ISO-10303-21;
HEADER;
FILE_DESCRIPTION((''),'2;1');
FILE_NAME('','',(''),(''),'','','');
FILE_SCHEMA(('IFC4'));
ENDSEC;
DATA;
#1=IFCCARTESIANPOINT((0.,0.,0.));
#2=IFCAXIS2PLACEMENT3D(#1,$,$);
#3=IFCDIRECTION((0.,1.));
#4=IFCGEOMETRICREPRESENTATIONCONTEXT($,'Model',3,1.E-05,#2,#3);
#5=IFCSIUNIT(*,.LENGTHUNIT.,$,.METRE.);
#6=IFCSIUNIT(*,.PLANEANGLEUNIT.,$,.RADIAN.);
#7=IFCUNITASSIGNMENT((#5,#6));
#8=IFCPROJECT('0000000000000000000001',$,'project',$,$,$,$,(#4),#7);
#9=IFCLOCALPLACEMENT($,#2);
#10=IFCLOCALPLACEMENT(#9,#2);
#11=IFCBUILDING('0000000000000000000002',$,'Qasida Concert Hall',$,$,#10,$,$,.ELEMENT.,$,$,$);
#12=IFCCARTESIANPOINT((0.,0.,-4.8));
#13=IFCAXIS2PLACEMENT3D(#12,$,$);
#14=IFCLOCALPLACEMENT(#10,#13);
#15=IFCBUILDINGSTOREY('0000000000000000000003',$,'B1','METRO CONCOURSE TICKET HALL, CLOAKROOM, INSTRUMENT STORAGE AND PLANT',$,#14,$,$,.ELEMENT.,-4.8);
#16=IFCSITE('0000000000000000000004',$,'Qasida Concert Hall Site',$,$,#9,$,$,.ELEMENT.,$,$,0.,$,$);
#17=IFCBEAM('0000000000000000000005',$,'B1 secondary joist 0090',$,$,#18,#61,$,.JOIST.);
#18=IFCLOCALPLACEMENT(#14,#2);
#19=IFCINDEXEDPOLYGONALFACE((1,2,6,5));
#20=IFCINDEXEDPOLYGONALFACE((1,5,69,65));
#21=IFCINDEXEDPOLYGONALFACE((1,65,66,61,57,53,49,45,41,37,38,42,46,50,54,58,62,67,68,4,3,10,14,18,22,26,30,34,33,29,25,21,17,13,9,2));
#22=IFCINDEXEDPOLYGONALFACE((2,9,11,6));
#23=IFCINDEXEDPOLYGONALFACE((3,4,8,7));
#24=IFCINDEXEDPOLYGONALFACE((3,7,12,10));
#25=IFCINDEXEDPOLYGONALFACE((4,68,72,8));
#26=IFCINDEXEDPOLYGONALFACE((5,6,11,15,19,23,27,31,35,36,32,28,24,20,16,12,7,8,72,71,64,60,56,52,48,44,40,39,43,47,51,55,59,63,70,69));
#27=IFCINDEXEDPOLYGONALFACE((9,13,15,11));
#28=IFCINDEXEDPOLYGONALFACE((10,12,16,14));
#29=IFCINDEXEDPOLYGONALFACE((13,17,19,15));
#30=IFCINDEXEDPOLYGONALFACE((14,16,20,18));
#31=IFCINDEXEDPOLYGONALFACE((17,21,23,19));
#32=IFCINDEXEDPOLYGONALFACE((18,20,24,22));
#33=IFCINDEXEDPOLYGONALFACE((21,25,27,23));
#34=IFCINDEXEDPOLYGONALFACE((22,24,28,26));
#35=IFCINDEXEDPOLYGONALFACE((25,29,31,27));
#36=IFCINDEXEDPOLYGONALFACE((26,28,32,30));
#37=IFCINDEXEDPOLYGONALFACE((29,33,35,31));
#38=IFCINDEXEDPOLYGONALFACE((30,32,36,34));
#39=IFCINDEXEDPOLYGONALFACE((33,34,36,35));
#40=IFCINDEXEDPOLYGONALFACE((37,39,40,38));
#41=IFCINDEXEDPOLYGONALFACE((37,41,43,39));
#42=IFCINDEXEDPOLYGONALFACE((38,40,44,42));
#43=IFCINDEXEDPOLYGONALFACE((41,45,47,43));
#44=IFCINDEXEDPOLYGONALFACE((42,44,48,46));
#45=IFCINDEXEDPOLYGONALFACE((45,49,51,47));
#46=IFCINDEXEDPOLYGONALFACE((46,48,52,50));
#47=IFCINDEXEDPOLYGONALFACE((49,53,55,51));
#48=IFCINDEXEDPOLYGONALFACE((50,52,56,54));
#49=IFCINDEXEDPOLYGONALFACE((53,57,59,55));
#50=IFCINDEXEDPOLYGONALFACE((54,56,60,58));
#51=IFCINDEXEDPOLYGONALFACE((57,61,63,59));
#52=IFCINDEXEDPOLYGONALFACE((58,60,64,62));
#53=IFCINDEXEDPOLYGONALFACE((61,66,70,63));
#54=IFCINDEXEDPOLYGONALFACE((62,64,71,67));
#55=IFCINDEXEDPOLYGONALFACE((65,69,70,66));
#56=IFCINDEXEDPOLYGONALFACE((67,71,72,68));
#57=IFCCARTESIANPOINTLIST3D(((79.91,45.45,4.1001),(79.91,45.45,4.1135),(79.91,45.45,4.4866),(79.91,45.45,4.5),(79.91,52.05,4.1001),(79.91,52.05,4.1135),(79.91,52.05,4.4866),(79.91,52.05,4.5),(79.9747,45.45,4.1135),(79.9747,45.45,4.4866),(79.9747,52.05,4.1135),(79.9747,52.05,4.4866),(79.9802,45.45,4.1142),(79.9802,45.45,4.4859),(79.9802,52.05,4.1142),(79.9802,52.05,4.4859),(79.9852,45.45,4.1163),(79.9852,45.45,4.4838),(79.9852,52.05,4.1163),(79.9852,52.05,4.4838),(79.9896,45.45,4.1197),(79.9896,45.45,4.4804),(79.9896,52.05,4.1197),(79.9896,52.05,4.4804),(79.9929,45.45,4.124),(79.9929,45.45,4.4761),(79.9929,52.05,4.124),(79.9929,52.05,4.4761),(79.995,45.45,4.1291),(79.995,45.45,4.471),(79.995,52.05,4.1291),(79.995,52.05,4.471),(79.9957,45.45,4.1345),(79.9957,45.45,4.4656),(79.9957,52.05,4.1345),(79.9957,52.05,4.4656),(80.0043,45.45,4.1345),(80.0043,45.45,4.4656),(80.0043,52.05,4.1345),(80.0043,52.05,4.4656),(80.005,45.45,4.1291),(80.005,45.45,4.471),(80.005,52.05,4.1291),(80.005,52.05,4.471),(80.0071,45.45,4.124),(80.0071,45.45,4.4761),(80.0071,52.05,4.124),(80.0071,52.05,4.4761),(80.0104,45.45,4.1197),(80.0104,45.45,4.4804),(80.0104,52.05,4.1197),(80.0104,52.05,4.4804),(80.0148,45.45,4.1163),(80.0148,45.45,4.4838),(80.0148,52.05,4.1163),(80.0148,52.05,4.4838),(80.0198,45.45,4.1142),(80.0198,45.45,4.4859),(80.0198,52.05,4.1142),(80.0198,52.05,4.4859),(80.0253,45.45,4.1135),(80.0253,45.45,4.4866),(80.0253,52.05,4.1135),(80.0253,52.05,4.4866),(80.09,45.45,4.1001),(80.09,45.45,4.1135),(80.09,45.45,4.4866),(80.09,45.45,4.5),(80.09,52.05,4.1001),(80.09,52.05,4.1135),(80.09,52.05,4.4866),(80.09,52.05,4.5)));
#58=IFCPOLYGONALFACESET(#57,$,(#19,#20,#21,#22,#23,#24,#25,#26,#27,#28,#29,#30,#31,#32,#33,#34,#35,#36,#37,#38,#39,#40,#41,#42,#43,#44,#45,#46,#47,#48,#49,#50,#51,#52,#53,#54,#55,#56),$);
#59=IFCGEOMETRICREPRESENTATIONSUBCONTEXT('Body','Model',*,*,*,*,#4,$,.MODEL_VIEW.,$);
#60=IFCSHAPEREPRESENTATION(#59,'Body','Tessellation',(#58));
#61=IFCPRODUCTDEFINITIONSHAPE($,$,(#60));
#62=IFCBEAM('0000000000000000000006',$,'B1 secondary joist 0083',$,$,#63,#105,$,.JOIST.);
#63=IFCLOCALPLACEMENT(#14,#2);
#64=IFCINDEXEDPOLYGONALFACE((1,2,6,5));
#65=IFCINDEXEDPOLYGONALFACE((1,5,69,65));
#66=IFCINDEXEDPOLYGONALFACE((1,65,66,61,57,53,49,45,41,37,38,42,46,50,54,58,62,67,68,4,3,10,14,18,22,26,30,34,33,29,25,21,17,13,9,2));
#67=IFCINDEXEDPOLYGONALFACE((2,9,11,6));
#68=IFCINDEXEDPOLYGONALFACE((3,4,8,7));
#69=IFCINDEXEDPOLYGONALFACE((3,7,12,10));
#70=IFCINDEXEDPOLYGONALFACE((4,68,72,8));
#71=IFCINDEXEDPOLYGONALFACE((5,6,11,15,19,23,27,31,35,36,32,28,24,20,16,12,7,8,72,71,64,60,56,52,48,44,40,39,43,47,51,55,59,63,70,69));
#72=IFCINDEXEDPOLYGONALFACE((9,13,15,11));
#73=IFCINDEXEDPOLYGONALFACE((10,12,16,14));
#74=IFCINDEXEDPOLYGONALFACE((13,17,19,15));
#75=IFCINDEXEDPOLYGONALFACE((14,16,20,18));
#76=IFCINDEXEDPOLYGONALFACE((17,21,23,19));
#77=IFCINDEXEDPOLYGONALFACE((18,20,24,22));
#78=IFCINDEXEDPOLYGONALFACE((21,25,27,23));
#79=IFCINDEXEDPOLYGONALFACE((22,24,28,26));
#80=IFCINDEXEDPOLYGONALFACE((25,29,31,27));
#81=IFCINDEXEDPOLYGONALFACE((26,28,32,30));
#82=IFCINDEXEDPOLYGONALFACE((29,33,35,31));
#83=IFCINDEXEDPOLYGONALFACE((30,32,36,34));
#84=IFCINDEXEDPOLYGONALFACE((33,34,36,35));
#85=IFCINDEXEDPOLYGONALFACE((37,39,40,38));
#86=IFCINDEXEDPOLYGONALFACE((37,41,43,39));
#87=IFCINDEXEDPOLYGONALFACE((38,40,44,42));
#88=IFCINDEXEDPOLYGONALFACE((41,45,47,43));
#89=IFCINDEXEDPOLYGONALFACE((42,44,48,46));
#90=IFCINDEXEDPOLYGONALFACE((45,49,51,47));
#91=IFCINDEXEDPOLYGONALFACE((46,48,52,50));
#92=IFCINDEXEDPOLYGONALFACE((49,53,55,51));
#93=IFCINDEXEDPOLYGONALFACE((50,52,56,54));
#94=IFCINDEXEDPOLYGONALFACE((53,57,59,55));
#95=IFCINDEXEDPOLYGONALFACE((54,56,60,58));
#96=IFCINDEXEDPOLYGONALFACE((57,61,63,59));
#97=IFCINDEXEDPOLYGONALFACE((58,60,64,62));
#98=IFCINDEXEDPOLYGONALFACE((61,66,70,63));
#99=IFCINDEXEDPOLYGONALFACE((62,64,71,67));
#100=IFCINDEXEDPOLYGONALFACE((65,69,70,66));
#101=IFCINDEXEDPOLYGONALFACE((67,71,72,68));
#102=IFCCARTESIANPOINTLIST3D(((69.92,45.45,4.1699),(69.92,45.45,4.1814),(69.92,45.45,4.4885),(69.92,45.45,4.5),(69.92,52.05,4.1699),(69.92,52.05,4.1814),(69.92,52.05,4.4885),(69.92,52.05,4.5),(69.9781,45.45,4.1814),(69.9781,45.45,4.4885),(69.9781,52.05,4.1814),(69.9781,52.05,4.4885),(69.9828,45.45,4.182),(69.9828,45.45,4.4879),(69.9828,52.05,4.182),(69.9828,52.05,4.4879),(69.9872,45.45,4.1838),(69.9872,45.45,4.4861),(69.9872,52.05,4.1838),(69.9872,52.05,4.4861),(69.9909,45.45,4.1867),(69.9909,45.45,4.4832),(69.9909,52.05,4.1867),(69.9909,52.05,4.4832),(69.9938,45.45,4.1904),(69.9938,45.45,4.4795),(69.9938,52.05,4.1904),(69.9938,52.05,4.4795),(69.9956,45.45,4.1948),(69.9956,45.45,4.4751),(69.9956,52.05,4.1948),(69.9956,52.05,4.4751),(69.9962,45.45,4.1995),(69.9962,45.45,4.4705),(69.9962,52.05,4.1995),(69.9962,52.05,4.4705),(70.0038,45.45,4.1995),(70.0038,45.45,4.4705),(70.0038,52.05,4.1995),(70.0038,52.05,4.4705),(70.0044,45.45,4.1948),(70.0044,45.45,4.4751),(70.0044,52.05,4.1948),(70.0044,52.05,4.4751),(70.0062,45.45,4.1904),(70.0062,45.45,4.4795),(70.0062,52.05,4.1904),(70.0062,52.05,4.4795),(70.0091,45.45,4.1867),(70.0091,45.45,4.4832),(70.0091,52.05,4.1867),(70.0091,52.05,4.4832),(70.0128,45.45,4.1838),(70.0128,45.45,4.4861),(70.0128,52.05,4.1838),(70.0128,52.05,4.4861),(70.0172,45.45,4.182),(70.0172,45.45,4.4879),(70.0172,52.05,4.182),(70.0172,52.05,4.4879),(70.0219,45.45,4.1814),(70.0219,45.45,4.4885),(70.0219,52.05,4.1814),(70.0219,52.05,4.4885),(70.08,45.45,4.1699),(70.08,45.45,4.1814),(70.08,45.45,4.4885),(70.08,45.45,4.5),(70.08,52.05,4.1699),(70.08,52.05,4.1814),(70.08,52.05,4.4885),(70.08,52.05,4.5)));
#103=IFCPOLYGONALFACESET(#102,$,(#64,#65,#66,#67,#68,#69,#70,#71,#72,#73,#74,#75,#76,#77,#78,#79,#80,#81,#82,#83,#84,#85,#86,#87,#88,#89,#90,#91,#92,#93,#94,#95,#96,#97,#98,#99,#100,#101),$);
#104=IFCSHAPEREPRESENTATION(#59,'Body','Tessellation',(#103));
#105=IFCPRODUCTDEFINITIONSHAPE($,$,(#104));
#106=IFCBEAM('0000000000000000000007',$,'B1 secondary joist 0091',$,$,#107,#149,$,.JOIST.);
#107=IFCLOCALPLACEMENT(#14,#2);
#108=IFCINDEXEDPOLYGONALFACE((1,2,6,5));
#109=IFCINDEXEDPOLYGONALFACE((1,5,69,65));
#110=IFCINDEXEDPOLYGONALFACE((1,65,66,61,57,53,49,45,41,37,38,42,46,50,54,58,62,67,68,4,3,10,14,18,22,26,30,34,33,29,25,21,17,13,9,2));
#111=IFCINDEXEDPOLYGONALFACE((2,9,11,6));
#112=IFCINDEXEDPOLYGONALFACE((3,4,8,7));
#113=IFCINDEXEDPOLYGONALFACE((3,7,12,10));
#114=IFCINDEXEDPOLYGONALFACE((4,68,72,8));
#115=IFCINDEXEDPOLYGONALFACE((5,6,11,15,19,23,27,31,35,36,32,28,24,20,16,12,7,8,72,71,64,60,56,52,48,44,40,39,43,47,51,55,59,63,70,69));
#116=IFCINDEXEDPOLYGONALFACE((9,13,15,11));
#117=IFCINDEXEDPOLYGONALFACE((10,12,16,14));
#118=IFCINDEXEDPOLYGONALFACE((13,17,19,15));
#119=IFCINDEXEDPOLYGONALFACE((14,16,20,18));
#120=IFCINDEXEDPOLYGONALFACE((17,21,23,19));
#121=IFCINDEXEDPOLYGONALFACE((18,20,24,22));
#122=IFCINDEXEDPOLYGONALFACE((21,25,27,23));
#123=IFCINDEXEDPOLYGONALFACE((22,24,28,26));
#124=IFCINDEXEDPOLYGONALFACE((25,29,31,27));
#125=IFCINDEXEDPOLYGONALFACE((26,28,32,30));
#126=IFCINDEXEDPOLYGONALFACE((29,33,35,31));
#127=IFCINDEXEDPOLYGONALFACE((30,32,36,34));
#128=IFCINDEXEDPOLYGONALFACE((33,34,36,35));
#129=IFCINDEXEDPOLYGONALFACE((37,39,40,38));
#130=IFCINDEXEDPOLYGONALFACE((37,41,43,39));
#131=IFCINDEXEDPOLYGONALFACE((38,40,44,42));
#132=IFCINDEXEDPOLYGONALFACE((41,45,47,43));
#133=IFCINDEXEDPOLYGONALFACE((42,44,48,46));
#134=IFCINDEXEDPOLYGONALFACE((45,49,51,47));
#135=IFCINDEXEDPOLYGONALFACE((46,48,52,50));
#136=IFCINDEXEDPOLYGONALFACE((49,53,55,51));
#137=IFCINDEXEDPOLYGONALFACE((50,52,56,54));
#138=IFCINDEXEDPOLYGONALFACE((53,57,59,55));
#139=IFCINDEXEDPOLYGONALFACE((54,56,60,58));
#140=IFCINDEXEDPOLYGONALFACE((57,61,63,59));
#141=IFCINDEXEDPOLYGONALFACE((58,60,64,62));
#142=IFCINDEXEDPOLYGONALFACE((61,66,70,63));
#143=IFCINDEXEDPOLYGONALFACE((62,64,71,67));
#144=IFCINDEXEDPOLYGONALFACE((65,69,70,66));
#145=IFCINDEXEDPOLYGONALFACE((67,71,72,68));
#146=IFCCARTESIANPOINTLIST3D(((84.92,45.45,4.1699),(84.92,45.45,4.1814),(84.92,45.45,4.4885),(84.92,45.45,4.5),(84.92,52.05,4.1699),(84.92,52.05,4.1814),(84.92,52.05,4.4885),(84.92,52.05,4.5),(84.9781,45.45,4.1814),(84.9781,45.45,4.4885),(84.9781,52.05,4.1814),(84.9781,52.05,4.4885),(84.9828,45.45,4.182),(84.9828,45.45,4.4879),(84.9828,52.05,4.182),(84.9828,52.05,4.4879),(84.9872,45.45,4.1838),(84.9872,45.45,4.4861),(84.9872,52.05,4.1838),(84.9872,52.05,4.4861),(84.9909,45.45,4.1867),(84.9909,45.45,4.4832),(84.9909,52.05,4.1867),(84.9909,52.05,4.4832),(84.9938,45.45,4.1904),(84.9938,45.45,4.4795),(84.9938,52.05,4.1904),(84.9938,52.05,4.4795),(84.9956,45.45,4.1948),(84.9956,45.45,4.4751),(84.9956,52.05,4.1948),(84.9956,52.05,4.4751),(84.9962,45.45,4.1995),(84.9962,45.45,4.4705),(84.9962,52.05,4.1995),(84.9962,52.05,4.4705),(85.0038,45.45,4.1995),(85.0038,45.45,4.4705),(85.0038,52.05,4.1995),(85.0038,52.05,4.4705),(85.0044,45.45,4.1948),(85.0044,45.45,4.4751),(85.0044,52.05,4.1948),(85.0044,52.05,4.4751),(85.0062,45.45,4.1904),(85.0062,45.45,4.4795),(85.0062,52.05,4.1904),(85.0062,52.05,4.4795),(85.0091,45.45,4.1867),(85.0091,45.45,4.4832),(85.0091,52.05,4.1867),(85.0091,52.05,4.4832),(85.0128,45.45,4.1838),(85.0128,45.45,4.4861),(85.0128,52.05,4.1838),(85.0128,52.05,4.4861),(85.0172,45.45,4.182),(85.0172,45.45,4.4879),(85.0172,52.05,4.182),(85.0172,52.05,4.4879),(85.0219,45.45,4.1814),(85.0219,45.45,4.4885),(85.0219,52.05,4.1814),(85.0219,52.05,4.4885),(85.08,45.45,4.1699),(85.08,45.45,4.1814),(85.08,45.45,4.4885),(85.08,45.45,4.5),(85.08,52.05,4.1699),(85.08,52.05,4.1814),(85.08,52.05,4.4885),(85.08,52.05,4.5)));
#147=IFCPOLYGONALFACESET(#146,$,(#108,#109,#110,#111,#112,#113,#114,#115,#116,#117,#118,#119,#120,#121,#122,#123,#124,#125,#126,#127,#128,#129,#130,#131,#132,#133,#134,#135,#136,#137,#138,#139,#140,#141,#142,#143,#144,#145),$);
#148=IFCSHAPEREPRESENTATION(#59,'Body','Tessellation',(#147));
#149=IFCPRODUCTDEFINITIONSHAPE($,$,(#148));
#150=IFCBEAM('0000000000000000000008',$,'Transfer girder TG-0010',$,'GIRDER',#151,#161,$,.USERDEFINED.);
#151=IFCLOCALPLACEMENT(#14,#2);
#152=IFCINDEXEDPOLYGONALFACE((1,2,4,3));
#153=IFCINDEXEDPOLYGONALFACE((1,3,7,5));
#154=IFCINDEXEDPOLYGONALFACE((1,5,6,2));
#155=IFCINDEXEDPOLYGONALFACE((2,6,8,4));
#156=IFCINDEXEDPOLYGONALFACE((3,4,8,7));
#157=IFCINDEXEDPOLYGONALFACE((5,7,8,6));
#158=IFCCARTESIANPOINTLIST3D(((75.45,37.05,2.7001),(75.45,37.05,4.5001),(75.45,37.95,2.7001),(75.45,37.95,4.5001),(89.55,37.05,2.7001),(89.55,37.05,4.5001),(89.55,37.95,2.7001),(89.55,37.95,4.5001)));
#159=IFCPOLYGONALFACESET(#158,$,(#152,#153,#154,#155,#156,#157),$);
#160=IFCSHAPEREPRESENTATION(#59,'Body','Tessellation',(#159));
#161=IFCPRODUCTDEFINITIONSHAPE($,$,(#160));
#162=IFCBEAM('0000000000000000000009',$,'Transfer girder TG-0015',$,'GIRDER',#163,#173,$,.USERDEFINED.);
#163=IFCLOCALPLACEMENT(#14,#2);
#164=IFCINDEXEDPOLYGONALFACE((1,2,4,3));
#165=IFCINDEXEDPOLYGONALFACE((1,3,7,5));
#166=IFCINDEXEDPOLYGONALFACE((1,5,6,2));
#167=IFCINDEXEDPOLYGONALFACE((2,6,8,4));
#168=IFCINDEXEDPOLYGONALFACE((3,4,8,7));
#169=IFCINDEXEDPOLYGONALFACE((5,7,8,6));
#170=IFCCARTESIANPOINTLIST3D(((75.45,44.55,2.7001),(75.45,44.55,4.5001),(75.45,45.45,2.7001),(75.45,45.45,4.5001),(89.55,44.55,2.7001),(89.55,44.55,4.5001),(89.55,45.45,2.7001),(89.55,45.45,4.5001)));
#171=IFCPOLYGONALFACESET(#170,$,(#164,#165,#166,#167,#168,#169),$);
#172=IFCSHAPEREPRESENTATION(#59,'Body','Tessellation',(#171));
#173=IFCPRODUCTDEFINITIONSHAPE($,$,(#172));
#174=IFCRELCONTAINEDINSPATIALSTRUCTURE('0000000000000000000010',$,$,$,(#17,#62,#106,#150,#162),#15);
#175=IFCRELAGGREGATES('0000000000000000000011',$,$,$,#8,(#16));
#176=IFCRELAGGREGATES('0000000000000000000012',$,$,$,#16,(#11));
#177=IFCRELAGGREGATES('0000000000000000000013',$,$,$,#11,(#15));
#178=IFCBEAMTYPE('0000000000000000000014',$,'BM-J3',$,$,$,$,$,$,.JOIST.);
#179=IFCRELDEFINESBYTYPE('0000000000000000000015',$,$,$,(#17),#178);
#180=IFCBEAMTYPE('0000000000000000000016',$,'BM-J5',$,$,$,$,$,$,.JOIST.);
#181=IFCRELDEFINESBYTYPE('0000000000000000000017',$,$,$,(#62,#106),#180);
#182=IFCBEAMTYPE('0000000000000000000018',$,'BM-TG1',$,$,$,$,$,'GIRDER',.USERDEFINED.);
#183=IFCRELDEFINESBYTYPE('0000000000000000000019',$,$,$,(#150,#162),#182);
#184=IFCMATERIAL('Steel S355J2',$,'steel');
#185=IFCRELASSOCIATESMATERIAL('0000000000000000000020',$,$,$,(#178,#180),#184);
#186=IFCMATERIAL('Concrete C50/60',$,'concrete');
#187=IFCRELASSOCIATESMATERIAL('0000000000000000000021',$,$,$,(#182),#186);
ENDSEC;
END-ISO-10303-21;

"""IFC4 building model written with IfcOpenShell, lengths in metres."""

from ifc_helpers import new_model, si_unit, direction, frame, origin, origin_2d, place, context, subcontext, project, spatial, rectangle, i_section, extrude, material, material_profile, profile_set, type_object, element, save


model = new_model("IFC4")

# Units and contexts
model_context = context("Model", 3, precision=1e-05, world=origin(), true_north=direction((0.0, 1.0)))
body_context = subcontext(model_context, "Body", "Model", "MODEL_VIEW")
ifc_project = project(units=[si_unit("LENGTHUNIT", "METRE"), si_unit("PLANEANGLEUNIT", "RADIAN")], contexts=[model_context])

# Site, building, storey
site_placement = place(None, origin())
site = spatial("IfcSite", under=ifc_project, at=site_placement, Name="Qasida Concert Hall Site", CompositionType="ELEMENT", RefElevation=0.0)
building_placement = place(site_placement, origin())
building = spatial("IfcBuilding", under=site, at=building_placement, Name="Qasida Concert Hall", CompositionType="ELEMENT")
storey_placement = place(building_placement, frame((0.0, 0.0, -4.8)))
storey = spatial("IfcBuildingStorey", under=building, at=storey_placement, Name="B1", Description="METRO CONCOURSE TICKET HALL, CLOAKROOM, INSTRUMENT STORAGE AND PLANT", CompositionType="ELEMENT", Elevation=-4.8)

# Shared definitions
ifc_material_1 = material(Name="Concrete C50/60", Category="concrete")

# Beams
ifc_material_2 = material(Name="Steel S355J2", Category="steel")
ifc_material_profile_1 = material_profile(ifc_material_2, i_section(OverallWidth=0.1799, OverallDepth=0.3999, WebThickness=0.0085, FlangeThickness=0.0134, FilletRadius=0.021, at=origin_2d()), Name="IPE 400")
ifc_profile_set_1 = profile_set([ifc_material_profile_1], Name="Steel S355J2")
beam_type_1 = type_object("IfcBeamType", Name="BM-J3", PredefinedType="JOIST", material=ifc_profile_set_1)
for number, where, z_axis, x_axis, name in (
    (1, (80.0, 45.45, 4.3), (0.0, 1.0, 0.0), (-1.0, 0.0, 0.0), "B1 secondary joist 0090"),
):
    element("IfcBeam", number, at=place(storey_placement, frame(where, z_axis=z_axis, x_axis=x_axis)), inside=storey, type_object=beam_type_1, Name=name, PredefinedType="JOIST", context=body_context, shape_type="SweptSolid", body=[
        extrude(i_section(OverallWidth=0.1799, OverallDepth=0.3999, WebThickness=0.0085, FlangeThickness=0.0134, FilletRadius=0.021, at=origin_2d()), origin(), (0.0, 0.0, 1.0), 6.6001),
    ])
ifc_material_profile_2 = material_profile(ifc_material_2, i_section(OverallWidth=0.1599, OverallDepth=0.3301, WebThickness=0.0076, FlangeThickness=0.0115, FilletRadius=0.0181, at=origin_2d()), Name="IPE 330")
ifc_profile_set_2 = profile_set([ifc_material_profile_2], Name="Steel S355J2")
beam_type_2 = type_object("IfcBeamType", Name="BM-J5", PredefinedType="JOIST", material=ifc_profile_set_2)
for number, where, z_axis, x_axis, name in (
    (2, (70.0, 45.45, 4.335), (0.0, 1.0, 0.0), (-1.0, 0.0, 0.0), "B1 secondary joist 0083"),
    (3, (85.0, 45.45, 4.335), (0.0, 1.0, 0.0), (-1.0, 0.0, 0.0), "B1 secondary joist 0091"),
):
    element("IfcBeam", number, at=place(storey_placement, frame(where, z_axis=z_axis, x_axis=x_axis)), inside=storey, type_object=beam_type_2, Name=name, PredefinedType="JOIST", context=body_context, shape_type="SweptSolid", body=[
        extrude(i_section(OverallWidth=0.1599, OverallDepth=0.3301, WebThickness=0.0076, FlangeThickness=0.0115, FilletRadius=0.0181, at=origin_2d()), origin(), (0.0, 0.0, 1.0), 6.6001),
    ])
ifc_material_profile_3 = material_profile(ifc_material_1, rectangle(XDim=0.8999, YDim=1.8, at=origin_2d()), Name="RC 900x1800")
ifc_profile_set_3 = profile_set([ifc_material_profile_3], Name="Concrete C50/60")
beam_type_3 = type_object("IfcBeamType", Name="BM-TG1", ElementType="GIRDER", PredefinedType="USERDEFINED", material=ifc_profile_set_3)
for number, where, z_axis, x_axis, name in (
    (4, (75.45, 37.5, 3.6001), (1.0, 0.0, 0.0), (0.0, 1.0, 0.0), "Transfer girder TG-0010"),
    (5, (75.45, 45.0, 3.6001), (1.0, 0.0, 0.0), (0.0, 1.0, 0.0), "Transfer girder TG-0015"),
):
    element("IfcBeam", number, at=place(storey_placement, frame(where, z_axis=z_axis, x_axis=x_axis)), inside=storey, type_object=beam_type_3, Name=name, ObjectType="GIRDER", PredefinedType="USERDEFINED", context=body_context, shape_type="SweptSolid", body=[
        extrude(rectangle(XDim=0.8999, YDim=1.8, at=origin_2d()), origin(), (0.0, 0.0, 1.0), 14.1001),
    ])

save(model, "model.ifc")
